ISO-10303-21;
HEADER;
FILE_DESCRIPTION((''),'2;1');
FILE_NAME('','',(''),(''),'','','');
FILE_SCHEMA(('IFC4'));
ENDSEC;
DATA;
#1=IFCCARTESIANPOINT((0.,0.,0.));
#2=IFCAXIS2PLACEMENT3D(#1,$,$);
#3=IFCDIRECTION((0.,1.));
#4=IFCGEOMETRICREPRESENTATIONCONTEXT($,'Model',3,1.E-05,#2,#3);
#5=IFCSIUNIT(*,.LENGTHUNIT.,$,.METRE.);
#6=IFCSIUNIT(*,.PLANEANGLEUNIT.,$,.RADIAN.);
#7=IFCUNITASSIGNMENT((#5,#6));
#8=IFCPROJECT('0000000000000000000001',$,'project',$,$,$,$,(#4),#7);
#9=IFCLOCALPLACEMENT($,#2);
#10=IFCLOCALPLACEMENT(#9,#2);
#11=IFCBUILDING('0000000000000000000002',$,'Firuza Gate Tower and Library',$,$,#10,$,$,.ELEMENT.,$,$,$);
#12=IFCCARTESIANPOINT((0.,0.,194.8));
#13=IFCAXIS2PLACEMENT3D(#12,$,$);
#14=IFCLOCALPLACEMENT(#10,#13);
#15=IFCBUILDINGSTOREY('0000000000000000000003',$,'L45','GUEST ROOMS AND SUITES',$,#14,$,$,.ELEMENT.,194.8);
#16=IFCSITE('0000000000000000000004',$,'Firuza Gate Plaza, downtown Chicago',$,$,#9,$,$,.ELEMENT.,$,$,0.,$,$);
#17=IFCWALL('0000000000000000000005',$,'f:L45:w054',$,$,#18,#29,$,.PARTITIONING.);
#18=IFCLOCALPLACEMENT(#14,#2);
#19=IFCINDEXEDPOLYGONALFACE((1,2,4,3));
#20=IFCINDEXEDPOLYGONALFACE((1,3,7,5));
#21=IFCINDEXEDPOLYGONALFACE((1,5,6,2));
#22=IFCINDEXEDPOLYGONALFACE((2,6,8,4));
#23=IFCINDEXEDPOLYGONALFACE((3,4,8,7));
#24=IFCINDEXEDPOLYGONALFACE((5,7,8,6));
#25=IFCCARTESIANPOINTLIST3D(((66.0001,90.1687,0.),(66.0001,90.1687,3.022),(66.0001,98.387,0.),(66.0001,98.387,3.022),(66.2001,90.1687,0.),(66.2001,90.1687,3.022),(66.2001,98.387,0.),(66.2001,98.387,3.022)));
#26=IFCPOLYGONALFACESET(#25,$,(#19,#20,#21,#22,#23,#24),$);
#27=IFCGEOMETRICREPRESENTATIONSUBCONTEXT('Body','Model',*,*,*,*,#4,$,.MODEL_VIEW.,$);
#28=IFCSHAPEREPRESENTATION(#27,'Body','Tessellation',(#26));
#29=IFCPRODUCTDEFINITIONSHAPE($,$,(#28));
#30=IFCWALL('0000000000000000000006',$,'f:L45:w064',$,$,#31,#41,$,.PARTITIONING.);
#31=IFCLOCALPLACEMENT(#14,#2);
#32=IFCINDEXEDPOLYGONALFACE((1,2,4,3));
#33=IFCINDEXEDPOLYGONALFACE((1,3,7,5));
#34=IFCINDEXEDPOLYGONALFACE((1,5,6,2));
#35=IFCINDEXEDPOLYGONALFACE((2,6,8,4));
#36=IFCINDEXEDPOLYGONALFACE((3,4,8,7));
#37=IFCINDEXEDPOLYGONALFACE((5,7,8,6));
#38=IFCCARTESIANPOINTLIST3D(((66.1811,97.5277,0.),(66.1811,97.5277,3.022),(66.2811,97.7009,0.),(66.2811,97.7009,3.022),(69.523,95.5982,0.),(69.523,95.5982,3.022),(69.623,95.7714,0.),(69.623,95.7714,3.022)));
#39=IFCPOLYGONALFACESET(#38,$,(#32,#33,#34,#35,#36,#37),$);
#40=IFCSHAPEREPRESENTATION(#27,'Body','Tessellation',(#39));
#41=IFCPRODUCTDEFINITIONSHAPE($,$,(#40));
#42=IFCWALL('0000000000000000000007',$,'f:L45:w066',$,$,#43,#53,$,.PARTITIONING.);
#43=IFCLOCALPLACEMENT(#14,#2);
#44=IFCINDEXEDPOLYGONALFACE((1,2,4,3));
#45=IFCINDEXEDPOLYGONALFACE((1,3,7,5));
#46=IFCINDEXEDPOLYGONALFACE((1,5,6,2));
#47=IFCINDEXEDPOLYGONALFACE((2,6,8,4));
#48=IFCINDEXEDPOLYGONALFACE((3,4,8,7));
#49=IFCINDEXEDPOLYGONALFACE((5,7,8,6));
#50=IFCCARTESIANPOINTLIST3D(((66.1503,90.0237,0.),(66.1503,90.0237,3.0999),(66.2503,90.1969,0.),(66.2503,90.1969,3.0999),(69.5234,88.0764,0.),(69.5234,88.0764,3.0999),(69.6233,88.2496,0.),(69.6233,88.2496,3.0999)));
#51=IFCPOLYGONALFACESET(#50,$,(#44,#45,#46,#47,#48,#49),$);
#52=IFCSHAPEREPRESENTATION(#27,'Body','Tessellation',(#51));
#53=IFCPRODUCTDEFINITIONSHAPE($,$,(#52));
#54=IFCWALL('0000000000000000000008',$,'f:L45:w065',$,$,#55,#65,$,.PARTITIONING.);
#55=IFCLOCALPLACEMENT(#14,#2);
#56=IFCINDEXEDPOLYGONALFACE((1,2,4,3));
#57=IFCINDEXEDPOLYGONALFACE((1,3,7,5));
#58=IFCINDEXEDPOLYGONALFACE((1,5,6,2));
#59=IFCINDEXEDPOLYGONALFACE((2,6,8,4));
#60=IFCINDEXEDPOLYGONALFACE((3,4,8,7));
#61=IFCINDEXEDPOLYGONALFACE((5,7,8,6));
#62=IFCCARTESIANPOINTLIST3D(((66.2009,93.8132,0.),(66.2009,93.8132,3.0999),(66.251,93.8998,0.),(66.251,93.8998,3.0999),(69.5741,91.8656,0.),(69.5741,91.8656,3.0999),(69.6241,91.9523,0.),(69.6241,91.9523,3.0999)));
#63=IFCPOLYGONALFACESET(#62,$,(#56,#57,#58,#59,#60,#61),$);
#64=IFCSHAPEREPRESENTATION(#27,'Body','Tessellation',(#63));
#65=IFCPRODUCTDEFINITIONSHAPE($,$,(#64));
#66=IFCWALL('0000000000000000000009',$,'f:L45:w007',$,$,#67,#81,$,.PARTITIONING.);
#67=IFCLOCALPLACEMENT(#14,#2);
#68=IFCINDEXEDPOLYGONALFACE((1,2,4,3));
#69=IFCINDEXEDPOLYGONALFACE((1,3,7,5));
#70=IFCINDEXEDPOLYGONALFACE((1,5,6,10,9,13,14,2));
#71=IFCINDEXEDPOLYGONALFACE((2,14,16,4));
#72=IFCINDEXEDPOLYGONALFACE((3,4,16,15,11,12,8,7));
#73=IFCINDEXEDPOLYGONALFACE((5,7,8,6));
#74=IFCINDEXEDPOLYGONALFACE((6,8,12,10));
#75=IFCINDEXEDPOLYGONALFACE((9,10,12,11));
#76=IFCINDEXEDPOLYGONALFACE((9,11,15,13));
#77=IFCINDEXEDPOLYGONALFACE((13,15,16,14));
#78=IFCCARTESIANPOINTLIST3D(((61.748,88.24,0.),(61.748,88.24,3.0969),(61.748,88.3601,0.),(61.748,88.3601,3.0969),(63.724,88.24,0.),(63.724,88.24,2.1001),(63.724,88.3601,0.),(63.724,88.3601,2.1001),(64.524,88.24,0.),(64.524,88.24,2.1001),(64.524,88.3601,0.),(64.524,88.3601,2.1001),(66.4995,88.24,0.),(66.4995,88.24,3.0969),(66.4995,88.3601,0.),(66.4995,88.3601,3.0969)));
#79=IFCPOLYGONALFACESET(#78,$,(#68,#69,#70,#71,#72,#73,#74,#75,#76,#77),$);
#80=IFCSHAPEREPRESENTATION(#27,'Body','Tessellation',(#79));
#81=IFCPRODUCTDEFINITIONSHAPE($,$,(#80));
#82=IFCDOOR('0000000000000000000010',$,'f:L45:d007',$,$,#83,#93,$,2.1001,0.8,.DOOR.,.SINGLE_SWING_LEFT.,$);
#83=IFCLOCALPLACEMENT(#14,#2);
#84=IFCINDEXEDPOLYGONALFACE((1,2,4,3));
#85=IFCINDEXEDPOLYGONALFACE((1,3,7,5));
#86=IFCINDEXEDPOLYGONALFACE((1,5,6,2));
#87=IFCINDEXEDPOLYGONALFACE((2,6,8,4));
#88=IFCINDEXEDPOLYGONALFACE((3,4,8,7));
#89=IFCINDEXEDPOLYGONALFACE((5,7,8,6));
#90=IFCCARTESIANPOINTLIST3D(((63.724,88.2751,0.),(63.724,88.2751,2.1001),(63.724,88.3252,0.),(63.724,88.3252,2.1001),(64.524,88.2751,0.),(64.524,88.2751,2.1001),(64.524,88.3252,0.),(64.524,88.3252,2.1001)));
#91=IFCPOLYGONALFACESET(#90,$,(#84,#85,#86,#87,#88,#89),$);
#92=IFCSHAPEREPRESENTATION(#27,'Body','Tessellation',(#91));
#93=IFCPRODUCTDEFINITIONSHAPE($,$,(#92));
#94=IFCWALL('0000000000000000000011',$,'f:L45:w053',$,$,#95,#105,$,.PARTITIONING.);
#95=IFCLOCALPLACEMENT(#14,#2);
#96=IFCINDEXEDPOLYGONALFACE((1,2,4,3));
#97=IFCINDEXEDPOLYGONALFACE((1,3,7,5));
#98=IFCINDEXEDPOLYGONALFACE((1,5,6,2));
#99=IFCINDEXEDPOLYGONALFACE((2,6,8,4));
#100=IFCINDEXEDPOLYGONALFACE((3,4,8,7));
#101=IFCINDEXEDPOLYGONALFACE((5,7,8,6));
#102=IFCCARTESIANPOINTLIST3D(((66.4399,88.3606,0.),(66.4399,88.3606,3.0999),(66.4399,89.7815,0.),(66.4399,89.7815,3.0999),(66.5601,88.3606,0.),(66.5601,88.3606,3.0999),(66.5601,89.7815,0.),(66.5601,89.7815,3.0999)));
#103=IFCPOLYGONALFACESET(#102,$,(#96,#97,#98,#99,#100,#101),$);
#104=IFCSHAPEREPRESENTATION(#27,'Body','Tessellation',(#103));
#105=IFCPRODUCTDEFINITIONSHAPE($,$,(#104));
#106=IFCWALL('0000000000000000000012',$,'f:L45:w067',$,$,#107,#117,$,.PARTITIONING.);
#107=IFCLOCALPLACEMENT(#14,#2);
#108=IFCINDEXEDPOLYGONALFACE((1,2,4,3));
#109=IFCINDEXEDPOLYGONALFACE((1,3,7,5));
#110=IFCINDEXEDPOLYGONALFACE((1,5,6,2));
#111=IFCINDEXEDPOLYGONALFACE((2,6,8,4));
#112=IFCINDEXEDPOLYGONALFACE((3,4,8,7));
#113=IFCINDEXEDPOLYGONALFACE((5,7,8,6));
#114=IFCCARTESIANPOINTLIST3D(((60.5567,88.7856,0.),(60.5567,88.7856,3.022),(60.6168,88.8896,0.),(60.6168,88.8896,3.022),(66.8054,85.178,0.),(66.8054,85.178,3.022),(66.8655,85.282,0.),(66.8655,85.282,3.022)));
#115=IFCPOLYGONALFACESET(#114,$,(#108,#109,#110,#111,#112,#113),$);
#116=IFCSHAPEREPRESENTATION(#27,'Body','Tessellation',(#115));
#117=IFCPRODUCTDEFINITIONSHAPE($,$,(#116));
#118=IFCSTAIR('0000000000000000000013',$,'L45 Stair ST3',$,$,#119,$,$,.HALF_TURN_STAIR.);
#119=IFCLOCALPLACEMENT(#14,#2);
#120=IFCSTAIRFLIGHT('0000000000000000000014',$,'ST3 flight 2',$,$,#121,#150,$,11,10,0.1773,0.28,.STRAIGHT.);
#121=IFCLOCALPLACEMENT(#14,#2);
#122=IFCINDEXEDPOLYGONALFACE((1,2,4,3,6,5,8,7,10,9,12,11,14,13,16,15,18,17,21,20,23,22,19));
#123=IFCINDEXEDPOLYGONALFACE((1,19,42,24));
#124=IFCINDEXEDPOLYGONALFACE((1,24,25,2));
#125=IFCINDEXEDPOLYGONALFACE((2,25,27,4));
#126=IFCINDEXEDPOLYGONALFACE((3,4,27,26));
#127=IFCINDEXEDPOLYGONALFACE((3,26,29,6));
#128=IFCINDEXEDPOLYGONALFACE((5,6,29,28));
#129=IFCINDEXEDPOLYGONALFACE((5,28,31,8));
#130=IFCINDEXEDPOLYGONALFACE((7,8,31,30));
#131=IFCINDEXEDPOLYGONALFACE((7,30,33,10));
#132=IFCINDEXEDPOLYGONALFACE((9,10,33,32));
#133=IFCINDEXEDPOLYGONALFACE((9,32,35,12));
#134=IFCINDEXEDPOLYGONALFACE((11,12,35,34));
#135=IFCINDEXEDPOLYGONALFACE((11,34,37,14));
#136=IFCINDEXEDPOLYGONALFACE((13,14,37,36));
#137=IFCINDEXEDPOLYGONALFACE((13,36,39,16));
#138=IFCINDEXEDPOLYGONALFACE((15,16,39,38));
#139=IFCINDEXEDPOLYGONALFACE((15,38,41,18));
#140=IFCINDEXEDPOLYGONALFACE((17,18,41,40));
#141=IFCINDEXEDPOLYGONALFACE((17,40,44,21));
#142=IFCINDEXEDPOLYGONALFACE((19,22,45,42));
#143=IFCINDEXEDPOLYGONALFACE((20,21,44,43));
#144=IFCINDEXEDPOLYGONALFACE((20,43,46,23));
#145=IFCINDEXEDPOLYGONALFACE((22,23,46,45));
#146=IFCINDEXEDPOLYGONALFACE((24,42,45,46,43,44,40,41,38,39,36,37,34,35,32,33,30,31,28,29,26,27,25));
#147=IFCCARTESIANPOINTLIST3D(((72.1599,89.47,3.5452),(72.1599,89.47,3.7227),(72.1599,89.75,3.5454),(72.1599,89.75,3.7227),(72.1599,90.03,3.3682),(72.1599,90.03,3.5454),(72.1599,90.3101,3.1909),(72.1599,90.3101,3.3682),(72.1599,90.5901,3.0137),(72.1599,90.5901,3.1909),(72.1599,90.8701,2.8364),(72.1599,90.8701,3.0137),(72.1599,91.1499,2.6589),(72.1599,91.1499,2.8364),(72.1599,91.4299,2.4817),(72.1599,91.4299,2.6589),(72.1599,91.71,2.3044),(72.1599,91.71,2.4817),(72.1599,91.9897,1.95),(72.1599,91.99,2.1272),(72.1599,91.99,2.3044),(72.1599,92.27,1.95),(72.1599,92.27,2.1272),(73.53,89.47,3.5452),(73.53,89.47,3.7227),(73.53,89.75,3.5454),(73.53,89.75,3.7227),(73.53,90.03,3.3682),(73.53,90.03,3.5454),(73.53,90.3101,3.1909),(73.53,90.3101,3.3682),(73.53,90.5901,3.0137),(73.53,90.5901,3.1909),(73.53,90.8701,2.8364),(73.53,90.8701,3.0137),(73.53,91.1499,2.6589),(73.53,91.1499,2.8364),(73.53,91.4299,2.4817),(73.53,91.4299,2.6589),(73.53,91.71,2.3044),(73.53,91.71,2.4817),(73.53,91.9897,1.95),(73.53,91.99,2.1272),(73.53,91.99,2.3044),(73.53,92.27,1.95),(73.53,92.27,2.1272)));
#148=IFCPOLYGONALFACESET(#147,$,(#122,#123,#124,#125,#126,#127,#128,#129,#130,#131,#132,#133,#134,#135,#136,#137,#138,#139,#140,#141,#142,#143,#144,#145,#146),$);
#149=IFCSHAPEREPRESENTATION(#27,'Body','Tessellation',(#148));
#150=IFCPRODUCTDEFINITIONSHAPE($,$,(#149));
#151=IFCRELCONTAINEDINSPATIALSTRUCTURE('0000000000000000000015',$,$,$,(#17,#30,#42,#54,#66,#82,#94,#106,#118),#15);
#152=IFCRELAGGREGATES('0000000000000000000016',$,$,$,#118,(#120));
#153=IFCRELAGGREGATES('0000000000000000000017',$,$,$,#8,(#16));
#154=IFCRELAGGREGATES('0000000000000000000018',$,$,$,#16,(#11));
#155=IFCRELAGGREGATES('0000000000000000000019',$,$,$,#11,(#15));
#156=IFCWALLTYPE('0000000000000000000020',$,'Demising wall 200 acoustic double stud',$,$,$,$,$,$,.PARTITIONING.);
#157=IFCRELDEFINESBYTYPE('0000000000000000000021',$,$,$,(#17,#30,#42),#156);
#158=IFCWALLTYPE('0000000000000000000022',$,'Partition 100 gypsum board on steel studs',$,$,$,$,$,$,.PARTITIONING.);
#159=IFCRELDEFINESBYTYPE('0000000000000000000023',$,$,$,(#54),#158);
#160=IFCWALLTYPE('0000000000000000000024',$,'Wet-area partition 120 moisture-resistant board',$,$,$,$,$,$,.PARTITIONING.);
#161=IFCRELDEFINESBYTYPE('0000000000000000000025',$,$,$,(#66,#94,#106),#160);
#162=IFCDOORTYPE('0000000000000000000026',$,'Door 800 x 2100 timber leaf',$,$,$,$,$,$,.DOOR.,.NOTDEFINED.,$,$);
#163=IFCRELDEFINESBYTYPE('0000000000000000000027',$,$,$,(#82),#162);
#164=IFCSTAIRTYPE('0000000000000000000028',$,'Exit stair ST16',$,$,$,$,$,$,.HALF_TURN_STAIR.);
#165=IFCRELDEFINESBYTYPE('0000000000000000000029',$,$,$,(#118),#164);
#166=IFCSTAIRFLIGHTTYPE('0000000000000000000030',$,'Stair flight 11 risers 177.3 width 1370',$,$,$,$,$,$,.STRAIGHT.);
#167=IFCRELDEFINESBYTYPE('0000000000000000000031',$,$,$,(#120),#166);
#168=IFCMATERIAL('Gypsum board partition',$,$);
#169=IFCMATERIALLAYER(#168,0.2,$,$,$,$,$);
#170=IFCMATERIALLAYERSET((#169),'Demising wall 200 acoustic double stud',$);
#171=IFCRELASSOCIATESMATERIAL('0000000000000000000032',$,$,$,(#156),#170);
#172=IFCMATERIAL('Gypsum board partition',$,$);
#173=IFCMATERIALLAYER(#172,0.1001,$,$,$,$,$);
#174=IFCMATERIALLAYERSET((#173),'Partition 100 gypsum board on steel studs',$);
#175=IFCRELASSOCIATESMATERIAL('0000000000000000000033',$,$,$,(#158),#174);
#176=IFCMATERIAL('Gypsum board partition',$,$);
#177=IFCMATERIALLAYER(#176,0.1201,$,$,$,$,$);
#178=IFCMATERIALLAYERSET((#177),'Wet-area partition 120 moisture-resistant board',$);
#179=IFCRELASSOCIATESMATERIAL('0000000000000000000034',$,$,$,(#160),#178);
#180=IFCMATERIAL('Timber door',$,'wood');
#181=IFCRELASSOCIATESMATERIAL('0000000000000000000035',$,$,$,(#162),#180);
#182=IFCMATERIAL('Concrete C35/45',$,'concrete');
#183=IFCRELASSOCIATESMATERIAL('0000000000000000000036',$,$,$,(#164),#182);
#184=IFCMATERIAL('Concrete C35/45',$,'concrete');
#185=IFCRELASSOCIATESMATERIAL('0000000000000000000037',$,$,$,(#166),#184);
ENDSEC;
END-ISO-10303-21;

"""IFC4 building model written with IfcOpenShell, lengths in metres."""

from ifc_helpers import new_model, si_unit, direction, frame, frame_2d, origin, place, context, subcontext, project, spatial, polyline, rectangle, outline, extrude, material, layer, layer_set, type_object, element, fill, aggregate, save


model = new_model("IFC4")

# Units and contexts
model_context = context("Model", 3, precision=1e-05, world=origin(), true_north=direction((0.0, 1.0)))
body_context = subcontext(model_context, "Body", "Model", "MODEL_VIEW")
ifc_project = project(units=[si_unit("LENGTHUNIT", "METRE"), si_unit("PLANEANGLEUNIT", "RADIAN")], contexts=[model_context])

# Site, building, storey
site_placement = place(None, origin())
site = spatial("IfcSite", under=ifc_project, at=site_placement, Name="Firuza Gate Plaza, downtown Chicago", CompositionType="ELEMENT", RefElevation=0.0)
building_placement = place(site_placement, origin())
building = spatial("IfcBuilding", under=site, at=building_placement, Name="Firuza Gate Tower and Library", CompositionType="ELEMENT")
storey_placement = place(building_placement, frame((0.0, 0.0, 194.8)))
storey = spatial("IfcBuildingStorey", under=building, at=storey_placement, Name="L45", Description="GUEST ROOMS AND SUITES", CompositionType="ELEMENT", Elevation=194.8)

# Shared definitions
placement = place(storey_placement, origin())

# Walls
ifc_material_1 = material(Name="Gypsum board partition")
ifc_layer_1 = layer(ifc_material_1, 0.2)
ifc_layer_set_1 = layer_set([ifc_layer_1], Name="Demising wall 200 acoustic double stud")
wall_type_1 = type_object("IfcWallType", Name="Demising wall 200 acoustic double stud", PredefinedType="PARTITIONING", material=ifc_layer_set_1)
wall_1_placement = place(storey_placement, frame((66.1001, 90.1687, 0.0), z_axis=(0.0, 0.0, 1.0), x_axis=(0.0, 1.0, 0.0)))
element("IfcWall", 1, at=wall_1_placement, inside=storey, type_object=wall_type_1, Name="f:L45:w054", PredefinedType="PARTITIONING", context=body_context, shape_type="SweptSolid", body=[
    extrude(rectangle(XDim=8.2183, YDim=0.2, at=frame_2d((4.1091, 0.0))), origin(), (0.0, 0.0, 1.0), 3.022),
])
wall_2_placement = place(storey_placement, frame((69.573, 95.6848, 0.0), z_axis=(0.0, 0.0, 1.0), x_axis=(-0.866019, 0.500011, 0.0)))
element("IfcWall", 2, at=wall_2_placement, inside=storey, type_object=wall_type_1, Name="f:L45:w064", PredefinedType="PARTITIONING", context=body_context, shape_type="SweptSolid", body=[
    extrude(rectangle(XDim=3.8589, YDim=0.2, at=frame_2d((1.9294, 0.0))), origin(), (0.0, 0.0, 1.0), 3.022),
])
wall_3_placement = place(storey_placement, frame((69.5732, 88.1631, 0.0), z_axis=(0.0, 0.0, 1.0), x_axis=(-0.866044, 0.499968, 0.0)))
element("IfcWall", 3, at=wall_3_placement, inside=storey, type_object=wall_type_1, Name="f:L45:w066", PredefinedType="PARTITIONING", context=body_context, shape_type="SweptSolid", body=[
    extrude(rectangle(XDim=3.8948, YDim=0.2, at=frame_2d((1.9473, 0.0))), origin(), (0.0, 0.0, 1.0), 3.0999),
])
ifc_material_2 = material(Name="Gypsum board partition")
ifc_layer_2 = layer(ifc_material_2, 0.1001)
ifc_layer_set_2 = layer_set([ifc_layer_2], Name="Partition 100 gypsum board on steel studs")
wall_type_2 = type_object("IfcWallType", Name="Partition 100 gypsum board on steel studs", PredefinedType="PARTITIONING", material=ifc_layer_set_2)
wall_4_placement = place(storey_placement, frame((69.5991, 91.9089, 0.0), z_axis=(0.0, 0.0, 1.0), x_axis=(-0.866016, 0.500015, 0.0)))
element("IfcWall", 4, at=wall_4_placement, inside=storey, type_object=wall_type_2, Name="f:L45:w065", PredefinedType="PARTITIONING", context=body_context, shape_type="SweptSolid", body=[
    extrude(rectangle(XDim=3.895, YDim=0.1001, at=frame_2d((1.9475, 0.0))), origin(), (0.0, 0.0, 1.0), 3.0999),
])

# Wall, opening, door
ifc_material_3 = material(Name="Gypsum board partition")
ifc_layer_3 = layer(ifc_material_3, 0.1201)
ifc_layer_set_3 = layer_set([ifc_layer_3], Name="Wet-area partition 120 moisture-resistant board")
wall_type_3 = type_object("IfcWallType", Name="Wet-area partition 120 moisture-resistant board", PredefinedType="PARTITIONING", material=ifc_layer_set_3)
wall_5_placement = place(storey_placement, frame((66.4995, 88.3, 0.0), z_axis=(0.0, 0.0, 1.0), x_axis=(-1.0, 0.0, 0.0)))
wall_5 = element("IfcWall", 5, at=wall_5_placement, inside=storey, type_object=wall_type_3, Name="f:L45:w007", PredefinedType="PARTITIONING", context=body_context, shape_type="SweptSolid", body=[
    extrude(rectangle(XDim=4.7515, YDim=0.1201, at=frame_2d((2.3757, 0.0))), origin(), (0.0, 0.0, 1.0), 3.0969),
])
opening_1_placement = place(wall_5_placement, frame((1.9756, 0.0, 0.0)))
opening_1 = element("IfcOpeningElement", 6, at=opening_1_placement, cuts=wall_5, PredefinedType="OPENING", context=body_context, shape_type="SweptSolid", body=[
    extrude(rectangle(XDim=0.8, YDim=2.1001, at=frame_2d((0.3999, 1.05))), frame((0.0, 0.0701, 0.0), z_axis=(0.0, -1.0, 0.0), x_axis=(1.0, 0.0, 0.0)), (0.0, 0.0, 1.0), 0.1401),
])
ifc_material_4 = material(Name="Timber door", Category="wood")
door_type_1 = type_object("IfcDoorType", Name="Door 800 x 2100 timber leaf", OperationType="NOTDEFINED", PredefinedType="DOOR", material=ifc_material_4)
door_1_placement = place(opening_1_placement, origin())
door_1 = element("IfcDoor", 7, at=door_1_placement, inside=storey, type_object=door_type_1, Name="f:L45:d007", OperationType="SINGLE_SWING_LEFT", OverallHeight=2.1001, OverallWidth=0.8, PredefinedType="DOOR", context=body_context, shape_type="SweptSolid", body=[
    extrude(rectangle(XDim=0.8, YDim=2.1001, at=frame_2d((0.3999, 1.05))), frame((0.0, 0.0249, 0.0), z_axis=(0.0, -1.0, 0.0), x_axis=(1.0, 0.0, 0.0)), (0.0, 0.0, 1.0), 0.05),
])
fill(opening_1, door_1)

# Walls
wall_6_placement = place(storey_placement, frame((66.5, 88.3606, 0.0), z_axis=(0.0, 0.0, 1.0), x_axis=(0.0, 1.0, 0.0)))
element("IfcWall", 8, at=wall_6_placement, inside=storey, type_object=wall_type_3, Name="f:L45:w053", PredefinedType="PARTITIONING", context=body_context, shape_type="SweptSolid", body=[
    extrude(rectangle(XDim=1.4209, YDim=0.1201, at=frame_2d((0.7104, 0.0))), origin(), (0.0, 0.0, 1.0), 3.0999),
])
wall_7_placement = place(storey_placement, frame((66.8354, 85.23, 0.0), z_axis=(0.0, 0.0, 1.0), x_axis=(-0.86603, 0.499993, 0.0)))
element("IfcWall", 9, at=wall_7_placement, inside=storey, type_object=wall_type_3, Name="f:L45:w067", PredefinedType="PARTITIONING", context=body_context, shape_type="SweptSolid", body=[
    extrude(rectangle(XDim=7.2153, YDim=0.1201, at=frame_2d((3.6077, 0.0))), origin(), (0.0, 0.0, 1.0), 3.022),
])

# Stair, stair flight
ifc_material_5 = material(Name="Concrete C35/45", Category="concrete")
stair_type = type_object("IfcStairType", Name="Exit stair ST16", PredefinedType="HALF_TURN_STAIR", material=ifc_material_5)
stair = element("IfcStair", 10, at=placement, inside=storey, type_object=stair_type, Name="L45 Stair ST3", PredefinedType="HALF_TURN_STAIR")
ifc_material_6 = material(Name="Concrete C35/45", Category="concrete")
stair_flight_type = type_object("IfcStairFlightType", Name="Stair flight 11 risers 177.3 width 1370", PredefinedType="STRAIGHT", material=ifc_material_6)
stair_flight_placement = place(storey_placement, frame((72.845, 92.27, 1.95), z_axis=(0.0, 0.0, 1.0), x_axis=(0.0, -1.0, 0.0)))
stair_flight = element("IfcStairFlight", 11, at=stair_flight_placement, type_object=stair_flight_type, Name="ST3 flight 2", NumberOfRisers=11, NumberOfTreads=10, PredefinedType="STRAIGHT", RiserHeight=0.1773, TreadLength=0.28, context=body_context, shape_type="SweptSolid", body=[
    extrude(outline(polyline([(0.0, 0.0), (0.0, 0.1772), (0.28, 0.1772), (0.28, 0.3545), (0.5601, 0.3545), (0.5601, 0.5317), (0.8401, 0.5317), (0.8401, 0.709), (1.1201, 0.709), (1.1201, 0.8865), (1.3999, 0.8865), (1.3999, 1.0637), (1.6799, 1.0637), (1.6799, 1.241), (1.96, 1.241), (1.96, 1.4182), (2.24, 1.4182), (2.24, 1.5955), (2.52, 1.5955), (2.52, 1.7727), (2.8, 1.7727), (2.8, 1.95), (2.8, 1.5952), (0.2803, 0.0), (0.0, 0.0)])), frame((0.0, 0.6851, 0.0), z_axis=(0.0, -1.0, 0.0), x_axis=(1.0, 0.0, 0.0)), (0.0, 0.0, 1.0), 1.3701),
])
aggregate(stair, [stair_flight])

save(model, "model.ifc")
